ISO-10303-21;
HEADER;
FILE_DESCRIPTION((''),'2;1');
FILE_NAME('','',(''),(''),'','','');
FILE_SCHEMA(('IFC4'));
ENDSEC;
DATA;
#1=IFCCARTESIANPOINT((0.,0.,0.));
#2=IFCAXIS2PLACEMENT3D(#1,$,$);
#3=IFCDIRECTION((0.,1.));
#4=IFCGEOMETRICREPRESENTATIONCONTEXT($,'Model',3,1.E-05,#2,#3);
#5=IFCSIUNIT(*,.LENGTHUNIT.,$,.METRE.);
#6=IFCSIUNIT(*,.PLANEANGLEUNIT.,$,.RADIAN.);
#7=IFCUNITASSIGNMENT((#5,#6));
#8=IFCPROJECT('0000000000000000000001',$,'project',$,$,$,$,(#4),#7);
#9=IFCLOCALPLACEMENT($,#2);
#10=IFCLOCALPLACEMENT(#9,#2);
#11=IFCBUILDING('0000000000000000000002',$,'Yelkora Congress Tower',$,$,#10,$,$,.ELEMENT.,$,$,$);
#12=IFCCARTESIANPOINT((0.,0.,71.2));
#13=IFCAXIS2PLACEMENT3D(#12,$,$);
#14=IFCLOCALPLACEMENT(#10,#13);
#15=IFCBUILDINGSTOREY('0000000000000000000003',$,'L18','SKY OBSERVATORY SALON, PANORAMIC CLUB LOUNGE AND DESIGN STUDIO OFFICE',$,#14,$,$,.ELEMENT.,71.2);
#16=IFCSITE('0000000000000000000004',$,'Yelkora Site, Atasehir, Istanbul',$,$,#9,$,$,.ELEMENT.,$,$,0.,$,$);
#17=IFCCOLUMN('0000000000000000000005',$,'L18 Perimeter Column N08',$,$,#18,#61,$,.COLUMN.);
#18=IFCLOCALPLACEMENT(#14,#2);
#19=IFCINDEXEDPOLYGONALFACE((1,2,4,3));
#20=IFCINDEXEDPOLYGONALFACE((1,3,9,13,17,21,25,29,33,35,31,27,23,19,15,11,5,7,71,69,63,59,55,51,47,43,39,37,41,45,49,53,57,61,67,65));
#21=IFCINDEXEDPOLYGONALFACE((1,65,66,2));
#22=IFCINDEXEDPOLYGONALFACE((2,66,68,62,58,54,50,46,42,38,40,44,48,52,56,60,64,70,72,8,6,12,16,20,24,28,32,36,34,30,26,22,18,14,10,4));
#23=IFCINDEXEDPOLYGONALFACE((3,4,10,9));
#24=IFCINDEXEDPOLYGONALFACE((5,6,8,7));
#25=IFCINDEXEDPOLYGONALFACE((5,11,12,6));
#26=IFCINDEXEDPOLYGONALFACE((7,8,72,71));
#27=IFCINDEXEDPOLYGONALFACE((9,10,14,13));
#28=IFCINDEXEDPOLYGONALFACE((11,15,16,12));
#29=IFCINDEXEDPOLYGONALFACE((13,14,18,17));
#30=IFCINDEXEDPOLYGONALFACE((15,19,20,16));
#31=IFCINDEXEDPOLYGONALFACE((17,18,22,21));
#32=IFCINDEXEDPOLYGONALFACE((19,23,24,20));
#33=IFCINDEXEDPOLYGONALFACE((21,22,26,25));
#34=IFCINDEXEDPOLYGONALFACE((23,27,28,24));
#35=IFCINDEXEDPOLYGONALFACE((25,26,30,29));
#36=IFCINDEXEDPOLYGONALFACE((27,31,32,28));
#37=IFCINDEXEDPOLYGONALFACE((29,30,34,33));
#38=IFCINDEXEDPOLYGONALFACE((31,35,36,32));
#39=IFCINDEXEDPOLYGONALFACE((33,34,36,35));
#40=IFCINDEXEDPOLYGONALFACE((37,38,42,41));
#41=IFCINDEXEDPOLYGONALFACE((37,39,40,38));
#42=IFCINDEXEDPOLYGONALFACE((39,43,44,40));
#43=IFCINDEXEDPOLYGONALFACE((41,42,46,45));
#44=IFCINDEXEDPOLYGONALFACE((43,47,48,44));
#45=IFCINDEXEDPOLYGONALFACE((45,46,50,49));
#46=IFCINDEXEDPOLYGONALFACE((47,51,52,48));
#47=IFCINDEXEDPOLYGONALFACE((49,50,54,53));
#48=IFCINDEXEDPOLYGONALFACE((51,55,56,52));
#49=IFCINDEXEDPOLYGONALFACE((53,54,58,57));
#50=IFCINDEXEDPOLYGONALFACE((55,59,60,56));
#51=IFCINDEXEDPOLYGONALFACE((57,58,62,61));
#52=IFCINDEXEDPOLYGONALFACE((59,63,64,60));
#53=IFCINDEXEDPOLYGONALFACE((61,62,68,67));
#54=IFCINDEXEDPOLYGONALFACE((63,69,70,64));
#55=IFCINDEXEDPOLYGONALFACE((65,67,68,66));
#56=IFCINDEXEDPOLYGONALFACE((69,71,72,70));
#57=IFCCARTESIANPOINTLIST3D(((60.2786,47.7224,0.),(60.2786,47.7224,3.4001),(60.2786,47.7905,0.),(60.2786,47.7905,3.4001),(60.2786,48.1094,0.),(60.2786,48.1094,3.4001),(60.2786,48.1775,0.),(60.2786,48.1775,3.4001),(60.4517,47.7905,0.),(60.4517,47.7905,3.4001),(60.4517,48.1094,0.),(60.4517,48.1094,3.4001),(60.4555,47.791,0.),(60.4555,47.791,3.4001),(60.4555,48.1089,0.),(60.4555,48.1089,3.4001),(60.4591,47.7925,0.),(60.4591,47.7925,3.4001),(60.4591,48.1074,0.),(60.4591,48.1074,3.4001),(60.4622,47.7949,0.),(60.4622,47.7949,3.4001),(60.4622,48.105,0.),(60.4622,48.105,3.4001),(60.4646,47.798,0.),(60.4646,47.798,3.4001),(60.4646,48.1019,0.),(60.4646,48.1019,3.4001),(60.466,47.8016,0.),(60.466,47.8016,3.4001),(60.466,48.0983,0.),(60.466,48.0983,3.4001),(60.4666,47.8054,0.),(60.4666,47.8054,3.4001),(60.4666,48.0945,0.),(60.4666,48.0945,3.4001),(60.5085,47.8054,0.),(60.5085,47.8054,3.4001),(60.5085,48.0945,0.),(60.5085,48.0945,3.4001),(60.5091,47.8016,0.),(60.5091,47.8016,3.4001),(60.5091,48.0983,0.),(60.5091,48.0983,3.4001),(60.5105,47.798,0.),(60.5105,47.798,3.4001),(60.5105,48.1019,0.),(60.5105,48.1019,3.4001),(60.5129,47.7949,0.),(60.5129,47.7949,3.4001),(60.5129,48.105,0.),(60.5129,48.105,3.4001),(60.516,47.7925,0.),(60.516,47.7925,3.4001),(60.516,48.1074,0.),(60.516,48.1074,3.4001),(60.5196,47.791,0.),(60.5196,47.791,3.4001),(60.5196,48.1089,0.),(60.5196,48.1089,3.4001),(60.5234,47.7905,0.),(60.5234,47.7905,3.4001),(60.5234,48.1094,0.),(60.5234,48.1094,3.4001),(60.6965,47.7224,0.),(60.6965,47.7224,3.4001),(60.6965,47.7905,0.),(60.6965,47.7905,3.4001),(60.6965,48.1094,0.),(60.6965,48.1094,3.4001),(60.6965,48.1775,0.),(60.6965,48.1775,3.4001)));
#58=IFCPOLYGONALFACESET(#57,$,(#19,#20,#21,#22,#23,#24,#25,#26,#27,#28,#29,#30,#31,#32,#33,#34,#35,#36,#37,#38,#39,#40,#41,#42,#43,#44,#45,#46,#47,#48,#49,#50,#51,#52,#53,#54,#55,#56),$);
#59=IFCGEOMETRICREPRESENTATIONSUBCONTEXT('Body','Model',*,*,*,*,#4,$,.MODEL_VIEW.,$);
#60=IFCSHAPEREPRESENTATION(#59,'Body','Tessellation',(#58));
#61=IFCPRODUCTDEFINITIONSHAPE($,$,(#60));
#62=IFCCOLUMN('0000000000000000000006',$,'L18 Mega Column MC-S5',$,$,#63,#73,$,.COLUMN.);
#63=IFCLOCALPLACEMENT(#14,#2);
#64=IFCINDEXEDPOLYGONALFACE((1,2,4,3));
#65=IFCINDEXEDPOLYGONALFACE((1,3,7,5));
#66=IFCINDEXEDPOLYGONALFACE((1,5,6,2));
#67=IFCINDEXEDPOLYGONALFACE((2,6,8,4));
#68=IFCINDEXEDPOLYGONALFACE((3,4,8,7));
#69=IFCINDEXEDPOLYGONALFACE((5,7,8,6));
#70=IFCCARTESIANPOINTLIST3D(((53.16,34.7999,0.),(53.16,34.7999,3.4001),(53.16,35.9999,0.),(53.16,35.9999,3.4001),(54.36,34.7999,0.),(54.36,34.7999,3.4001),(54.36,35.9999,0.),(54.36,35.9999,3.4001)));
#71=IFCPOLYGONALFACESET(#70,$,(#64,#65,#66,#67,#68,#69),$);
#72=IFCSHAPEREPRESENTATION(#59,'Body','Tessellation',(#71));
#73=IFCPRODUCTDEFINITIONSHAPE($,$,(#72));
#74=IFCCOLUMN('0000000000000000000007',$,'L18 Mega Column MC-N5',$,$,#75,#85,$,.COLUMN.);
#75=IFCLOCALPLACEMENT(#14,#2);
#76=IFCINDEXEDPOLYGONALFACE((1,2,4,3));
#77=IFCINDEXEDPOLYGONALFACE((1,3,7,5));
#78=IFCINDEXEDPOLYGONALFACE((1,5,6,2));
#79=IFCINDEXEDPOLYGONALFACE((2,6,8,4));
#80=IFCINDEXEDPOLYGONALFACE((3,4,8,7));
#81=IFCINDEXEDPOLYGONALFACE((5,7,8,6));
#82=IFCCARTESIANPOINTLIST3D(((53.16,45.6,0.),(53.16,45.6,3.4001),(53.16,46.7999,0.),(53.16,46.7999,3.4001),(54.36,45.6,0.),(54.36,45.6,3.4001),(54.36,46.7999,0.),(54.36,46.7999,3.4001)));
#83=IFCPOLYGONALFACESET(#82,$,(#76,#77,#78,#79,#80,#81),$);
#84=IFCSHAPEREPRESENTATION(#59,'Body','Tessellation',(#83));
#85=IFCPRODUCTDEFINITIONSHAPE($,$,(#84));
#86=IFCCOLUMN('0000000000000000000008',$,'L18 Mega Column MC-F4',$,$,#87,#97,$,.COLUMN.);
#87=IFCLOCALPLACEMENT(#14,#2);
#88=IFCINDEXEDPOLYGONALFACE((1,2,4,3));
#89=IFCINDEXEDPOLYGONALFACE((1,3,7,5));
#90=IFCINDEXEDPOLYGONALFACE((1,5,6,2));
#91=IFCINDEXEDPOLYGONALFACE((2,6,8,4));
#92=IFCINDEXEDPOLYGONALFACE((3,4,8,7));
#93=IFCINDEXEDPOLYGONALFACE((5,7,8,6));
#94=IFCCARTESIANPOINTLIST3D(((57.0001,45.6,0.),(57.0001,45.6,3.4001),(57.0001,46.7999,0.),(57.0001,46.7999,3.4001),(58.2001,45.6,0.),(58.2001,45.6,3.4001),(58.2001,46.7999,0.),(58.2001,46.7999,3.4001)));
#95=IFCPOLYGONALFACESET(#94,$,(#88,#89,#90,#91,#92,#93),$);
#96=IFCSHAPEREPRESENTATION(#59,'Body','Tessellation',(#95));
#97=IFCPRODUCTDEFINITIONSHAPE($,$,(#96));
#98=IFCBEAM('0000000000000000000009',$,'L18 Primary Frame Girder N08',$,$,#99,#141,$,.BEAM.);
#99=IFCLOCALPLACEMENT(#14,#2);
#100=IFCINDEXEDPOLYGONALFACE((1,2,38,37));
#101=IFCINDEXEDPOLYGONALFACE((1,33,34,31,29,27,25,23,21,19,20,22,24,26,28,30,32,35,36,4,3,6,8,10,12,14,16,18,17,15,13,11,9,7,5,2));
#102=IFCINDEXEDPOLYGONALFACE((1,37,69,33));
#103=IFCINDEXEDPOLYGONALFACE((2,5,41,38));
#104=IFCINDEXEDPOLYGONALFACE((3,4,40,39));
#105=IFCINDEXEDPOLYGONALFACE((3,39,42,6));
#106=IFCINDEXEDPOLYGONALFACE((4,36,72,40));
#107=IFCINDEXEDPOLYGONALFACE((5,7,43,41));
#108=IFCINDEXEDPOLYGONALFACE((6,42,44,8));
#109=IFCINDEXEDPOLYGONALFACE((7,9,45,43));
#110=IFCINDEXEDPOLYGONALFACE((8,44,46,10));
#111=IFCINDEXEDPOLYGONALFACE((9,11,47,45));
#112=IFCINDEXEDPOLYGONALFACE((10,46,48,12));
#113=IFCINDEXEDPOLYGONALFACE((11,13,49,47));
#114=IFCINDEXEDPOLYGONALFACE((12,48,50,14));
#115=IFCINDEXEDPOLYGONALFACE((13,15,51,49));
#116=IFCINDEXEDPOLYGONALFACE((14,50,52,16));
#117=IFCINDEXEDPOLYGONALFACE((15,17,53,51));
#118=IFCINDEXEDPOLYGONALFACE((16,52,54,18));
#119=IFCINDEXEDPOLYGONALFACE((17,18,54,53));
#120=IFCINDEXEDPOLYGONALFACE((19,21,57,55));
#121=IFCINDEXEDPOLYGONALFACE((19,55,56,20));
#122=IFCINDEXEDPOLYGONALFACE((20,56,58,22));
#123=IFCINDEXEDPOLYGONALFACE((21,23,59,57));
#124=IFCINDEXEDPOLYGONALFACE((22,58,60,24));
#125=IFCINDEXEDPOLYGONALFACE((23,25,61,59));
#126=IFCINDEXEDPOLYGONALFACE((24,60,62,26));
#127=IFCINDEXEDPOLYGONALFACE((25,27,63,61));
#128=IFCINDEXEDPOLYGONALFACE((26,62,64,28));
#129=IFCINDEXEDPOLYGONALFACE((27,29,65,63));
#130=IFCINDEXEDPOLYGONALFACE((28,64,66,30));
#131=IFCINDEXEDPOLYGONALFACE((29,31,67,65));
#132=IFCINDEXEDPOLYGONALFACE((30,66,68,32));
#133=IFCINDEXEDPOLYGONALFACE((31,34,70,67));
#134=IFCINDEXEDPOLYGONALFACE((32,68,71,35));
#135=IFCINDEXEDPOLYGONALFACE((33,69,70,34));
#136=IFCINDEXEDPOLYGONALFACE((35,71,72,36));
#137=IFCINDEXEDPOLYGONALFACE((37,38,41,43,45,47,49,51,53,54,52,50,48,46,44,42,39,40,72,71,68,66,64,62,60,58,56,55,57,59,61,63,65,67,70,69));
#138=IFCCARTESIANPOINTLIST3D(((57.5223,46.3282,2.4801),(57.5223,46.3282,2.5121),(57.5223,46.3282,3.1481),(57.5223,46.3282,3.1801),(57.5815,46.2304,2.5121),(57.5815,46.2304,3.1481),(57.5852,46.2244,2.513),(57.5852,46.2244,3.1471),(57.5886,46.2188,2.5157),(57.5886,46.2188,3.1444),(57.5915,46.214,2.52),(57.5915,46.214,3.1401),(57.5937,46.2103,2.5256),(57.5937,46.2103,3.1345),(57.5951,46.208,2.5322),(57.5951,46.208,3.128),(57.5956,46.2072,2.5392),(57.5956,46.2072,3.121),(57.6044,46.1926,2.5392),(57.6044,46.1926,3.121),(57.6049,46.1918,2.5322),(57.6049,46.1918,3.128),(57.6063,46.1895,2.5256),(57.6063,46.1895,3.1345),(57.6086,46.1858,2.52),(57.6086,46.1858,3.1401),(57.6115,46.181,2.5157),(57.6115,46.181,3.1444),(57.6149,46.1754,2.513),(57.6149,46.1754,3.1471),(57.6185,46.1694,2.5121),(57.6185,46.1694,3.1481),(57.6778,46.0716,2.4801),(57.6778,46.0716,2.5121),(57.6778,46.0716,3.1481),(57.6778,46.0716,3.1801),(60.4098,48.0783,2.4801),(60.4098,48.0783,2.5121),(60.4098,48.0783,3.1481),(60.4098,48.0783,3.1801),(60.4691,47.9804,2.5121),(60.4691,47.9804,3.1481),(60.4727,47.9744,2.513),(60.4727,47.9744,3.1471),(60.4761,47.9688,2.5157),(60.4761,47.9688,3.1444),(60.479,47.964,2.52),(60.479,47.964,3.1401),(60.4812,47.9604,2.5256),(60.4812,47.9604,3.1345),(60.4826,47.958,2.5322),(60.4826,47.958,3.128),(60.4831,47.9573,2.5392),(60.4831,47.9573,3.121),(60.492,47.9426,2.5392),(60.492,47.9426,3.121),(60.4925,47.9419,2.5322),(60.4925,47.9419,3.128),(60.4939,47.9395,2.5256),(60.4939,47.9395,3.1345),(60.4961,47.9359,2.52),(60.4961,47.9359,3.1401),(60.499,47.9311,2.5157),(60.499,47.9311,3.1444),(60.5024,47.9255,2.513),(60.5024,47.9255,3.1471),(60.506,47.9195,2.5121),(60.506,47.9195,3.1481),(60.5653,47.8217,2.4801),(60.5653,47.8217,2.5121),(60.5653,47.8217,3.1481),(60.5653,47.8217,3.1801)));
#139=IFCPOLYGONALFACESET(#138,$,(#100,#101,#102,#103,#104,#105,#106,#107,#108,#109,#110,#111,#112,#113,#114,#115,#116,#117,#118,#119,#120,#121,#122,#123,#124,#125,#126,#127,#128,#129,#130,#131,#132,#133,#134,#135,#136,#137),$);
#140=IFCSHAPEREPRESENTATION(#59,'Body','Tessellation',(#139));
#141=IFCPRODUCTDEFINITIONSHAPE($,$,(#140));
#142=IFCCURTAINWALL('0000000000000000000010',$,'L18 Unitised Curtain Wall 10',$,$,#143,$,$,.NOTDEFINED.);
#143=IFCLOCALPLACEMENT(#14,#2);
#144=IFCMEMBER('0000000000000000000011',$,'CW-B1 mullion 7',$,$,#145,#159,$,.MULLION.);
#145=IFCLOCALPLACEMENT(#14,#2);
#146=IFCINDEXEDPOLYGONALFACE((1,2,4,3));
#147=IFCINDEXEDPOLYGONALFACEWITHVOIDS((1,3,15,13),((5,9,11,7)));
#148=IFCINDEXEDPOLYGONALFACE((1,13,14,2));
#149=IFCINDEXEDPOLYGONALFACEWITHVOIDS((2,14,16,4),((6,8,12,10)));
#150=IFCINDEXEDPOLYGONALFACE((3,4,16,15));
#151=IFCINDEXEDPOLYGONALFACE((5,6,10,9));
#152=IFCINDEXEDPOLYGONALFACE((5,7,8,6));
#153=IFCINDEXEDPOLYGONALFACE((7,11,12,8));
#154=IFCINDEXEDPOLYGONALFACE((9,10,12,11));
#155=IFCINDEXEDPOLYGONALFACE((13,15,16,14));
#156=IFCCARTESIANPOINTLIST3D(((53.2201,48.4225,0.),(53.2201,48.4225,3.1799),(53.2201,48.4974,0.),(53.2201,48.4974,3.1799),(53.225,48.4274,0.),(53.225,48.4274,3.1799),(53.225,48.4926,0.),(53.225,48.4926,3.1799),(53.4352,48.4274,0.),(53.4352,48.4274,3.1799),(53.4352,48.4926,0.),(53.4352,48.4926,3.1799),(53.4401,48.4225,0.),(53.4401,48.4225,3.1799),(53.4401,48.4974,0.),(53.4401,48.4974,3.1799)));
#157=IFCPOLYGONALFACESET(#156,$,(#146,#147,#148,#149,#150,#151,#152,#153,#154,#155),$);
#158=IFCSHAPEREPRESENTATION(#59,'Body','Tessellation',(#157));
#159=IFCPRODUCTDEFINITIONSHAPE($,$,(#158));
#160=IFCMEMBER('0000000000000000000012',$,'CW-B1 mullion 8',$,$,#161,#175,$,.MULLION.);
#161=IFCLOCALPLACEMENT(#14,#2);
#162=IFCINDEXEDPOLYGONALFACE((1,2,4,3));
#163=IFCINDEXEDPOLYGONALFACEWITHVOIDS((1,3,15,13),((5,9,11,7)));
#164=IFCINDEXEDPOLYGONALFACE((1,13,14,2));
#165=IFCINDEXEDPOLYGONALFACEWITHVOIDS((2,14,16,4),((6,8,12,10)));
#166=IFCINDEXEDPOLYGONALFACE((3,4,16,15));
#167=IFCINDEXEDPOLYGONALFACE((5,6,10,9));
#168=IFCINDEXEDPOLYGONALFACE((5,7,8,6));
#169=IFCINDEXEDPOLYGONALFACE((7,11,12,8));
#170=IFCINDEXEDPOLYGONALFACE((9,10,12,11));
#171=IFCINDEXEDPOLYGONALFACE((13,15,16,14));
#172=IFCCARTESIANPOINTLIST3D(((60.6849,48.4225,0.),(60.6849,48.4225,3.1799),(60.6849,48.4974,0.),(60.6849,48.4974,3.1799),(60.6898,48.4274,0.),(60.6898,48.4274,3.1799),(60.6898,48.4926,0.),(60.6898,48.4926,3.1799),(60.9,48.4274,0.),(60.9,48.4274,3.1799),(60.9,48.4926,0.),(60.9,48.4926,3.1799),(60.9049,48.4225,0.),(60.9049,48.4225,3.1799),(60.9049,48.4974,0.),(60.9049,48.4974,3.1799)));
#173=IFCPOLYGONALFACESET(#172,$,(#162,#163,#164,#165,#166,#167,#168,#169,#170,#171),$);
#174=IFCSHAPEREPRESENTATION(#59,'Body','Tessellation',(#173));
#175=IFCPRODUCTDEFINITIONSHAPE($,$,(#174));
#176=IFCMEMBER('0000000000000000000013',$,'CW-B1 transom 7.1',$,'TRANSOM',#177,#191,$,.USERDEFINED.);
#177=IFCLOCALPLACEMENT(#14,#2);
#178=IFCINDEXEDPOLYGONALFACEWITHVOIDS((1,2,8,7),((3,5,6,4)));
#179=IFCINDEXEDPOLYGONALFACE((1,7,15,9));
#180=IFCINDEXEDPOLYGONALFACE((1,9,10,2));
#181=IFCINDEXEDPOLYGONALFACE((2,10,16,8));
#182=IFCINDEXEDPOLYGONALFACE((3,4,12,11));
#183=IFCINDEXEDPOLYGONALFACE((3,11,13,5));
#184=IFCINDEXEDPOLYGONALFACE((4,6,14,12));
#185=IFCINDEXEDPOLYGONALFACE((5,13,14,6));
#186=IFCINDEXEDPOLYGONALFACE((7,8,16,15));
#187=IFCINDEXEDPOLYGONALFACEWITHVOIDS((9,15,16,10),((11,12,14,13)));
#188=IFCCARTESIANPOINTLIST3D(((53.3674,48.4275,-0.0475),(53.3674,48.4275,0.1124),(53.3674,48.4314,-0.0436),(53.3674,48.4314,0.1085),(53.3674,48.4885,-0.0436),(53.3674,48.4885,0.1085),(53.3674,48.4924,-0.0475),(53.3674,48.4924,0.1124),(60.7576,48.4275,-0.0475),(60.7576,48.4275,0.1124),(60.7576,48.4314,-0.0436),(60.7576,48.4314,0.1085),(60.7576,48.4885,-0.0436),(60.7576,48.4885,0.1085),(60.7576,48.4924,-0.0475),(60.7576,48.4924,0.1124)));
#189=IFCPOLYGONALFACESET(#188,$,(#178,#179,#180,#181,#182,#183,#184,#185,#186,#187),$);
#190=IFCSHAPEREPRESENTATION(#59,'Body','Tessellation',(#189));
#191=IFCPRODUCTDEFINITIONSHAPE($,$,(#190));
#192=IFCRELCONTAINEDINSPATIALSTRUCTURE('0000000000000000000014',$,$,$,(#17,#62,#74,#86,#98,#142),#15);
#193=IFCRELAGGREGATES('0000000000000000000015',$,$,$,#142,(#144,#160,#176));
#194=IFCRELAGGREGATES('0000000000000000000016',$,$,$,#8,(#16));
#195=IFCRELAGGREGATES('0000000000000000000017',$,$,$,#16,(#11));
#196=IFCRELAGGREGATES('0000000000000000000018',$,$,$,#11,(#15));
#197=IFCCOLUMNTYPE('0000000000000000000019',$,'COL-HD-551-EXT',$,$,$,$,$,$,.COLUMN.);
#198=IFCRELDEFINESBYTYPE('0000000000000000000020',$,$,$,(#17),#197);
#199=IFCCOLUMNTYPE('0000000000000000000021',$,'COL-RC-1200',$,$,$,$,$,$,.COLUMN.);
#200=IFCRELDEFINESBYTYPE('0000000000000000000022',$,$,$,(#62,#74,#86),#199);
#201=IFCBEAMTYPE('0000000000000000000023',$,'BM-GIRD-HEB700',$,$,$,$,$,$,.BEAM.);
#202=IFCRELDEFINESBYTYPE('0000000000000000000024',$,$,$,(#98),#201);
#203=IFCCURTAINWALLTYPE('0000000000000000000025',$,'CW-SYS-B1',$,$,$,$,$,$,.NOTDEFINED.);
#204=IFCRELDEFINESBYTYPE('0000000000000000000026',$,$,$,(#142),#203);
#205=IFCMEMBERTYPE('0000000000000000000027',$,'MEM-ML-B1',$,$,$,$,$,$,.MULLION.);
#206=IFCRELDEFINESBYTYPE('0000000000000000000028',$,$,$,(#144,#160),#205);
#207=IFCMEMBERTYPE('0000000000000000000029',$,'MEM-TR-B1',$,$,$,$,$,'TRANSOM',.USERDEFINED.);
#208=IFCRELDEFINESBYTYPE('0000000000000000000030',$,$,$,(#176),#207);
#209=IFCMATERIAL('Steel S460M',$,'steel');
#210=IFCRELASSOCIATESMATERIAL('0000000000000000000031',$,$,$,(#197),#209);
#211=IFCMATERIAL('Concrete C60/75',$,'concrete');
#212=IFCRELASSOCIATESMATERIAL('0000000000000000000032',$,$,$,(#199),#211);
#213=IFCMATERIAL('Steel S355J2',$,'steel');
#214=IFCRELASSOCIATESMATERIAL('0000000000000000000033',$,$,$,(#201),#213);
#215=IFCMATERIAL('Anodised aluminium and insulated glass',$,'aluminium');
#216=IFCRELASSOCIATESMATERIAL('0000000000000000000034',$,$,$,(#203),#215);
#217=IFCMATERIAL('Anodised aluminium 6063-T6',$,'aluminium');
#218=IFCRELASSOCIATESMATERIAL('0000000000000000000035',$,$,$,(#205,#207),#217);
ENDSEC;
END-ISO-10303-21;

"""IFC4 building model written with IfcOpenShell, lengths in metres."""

from ifc_helpers import new_model, si_unit, direction, frame, origin, origin_2d, place, context, subcontext, project, spatial, rectangle, hollow_rectangle, i_section, extrude, material, material_profile, profile_set, type_object, element, aggregate, save


model = new_model("IFC4")

# Units and contexts
model_context = context("Model", 3, precision=1e-05, world=origin(), true_north=direction((0.0, 1.0)))
body_context = subcontext(model_context, "Body", "Model", "MODEL_VIEW")
ifc_project = project(units=[si_unit("LENGTHUNIT", "METRE"), si_unit("PLANEANGLEUNIT", "RADIAN")], contexts=[model_context])

# Site, building, storey
site_placement = place(None, origin())
site = spatial("IfcSite", under=ifc_project, at=site_placement, Name="Yelkora Site, Atasehir, Istanbul", CompositionType="ELEMENT", RefElevation=0.0)
building_placement = place(site_placement, origin())
building = spatial("IfcBuilding", under=site, at=building_placement, Name="Yelkora Congress Tower", CompositionType="ELEMENT")
storey_placement = place(building_placement, frame((0.0, 0.0, 71.2)))
storey = spatial("IfcBuildingStorey", under=building, at=storey_placement, Name="L18", Description="SKY OBSERVATORY SALON, PANORAMIC CLUB LOUNGE AND DESIGN STUDIO OFFICE", CompositionType="ELEMENT", Elevation=71.2)

# Columns
ifc_material_1 = material(Name="Steel S460M", Category="steel")
ifc_material_profile_1 = material_profile(ifc_material_1, i_section(OverallWidth=0.418, OverallDepth=0.4551, WebThickness=0.042, FlangeThickness=0.0681, FilletRadius=0.0149, at=origin_2d()), Name="HD 400x551")
ifc_profile_set_1 = profile_set([ifc_material_profile_1], Name="Steel S460M")
column_type_1 = type_object("IfcColumnType", Name="COL-HD-551-EXT", PredefinedType="COLUMN", material=ifc_profile_set_1)
column_placement = place(storey_placement, frame((60.4875, 47.95, 0.0), z_axis=(0.0, 0.0, 1.0), x_axis=(1.0, 0.0, 0.0)))
element("IfcColumn", 1, at=column_placement, inside=storey, type_object=column_type_1, Name="L18 Perimeter Column N08", PredefinedType="COLUMN", context=body_context, shape_type="SweptSolid", body=[
    extrude(i_section(OverallWidth=0.418, OverallDepth=0.4551, WebThickness=0.042, FlangeThickness=0.0681, FilletRadius=0.0149, at=origin_2d()), origin(), (0.0, 0.0, 1.0), 3.4001),
])
ifc_material_2 = material(Name="Concrete C60/75", Category="concrete")
ifc_material_profile_2 = material_profile(ifc_material_2, rectangle(XDim=1.2, YDim=1.2, at=origin_2d()), Name="RC 1200x1200")
ifc_profile_set_2 = profile_set([ifc_material_profile_2], Name="Concrete C60/75")
column_type_2 = type_object("IfcColumnType", Name="COL-RC-1200", PredefinedType="COLUMN", material=ifc_profile_set_2)
for number, where, z_axis, x_axis, name in (
    (2, (53.76, 35.3999, 0.0), (0.0, 0.0, 1.0), (1.0, 0.0, 0.0), "L18 Mega Column MC-S5"),
    (3, (53.76, 46.2, 0.0), (0.0, 0.0, 1.0), (1.0, 0.0, 0.0), "L18 Mega Column MC-N5"),
    (4, (57.6001, 46.2, 0.0), (0.0, 0.0, 1.0), (1.0, 0.0, 0.0), "L18 Mega Column MC-F4"),
):
    element("IfcColumn", number, at=place(storey_placement, frame(where, z_axis=z_axis, x_axis=x_axis)), inside=storey, type_object=column_type_2, Name=name, PredefinedType="COLUMN", context=body_context, shape_type="SweptSolid", body=[
        extrude(rectangle(XDim=1.2, YDim=1.2, at=origin_2d()), origin(), (0.0, 0.0, 1.0), 3.4001),
    ])

# Beam
ifc_material_3 = material(Name="Steel S355J2", Category="steel")
ifc_material_profile_3 = material_profile(ifc_material_3, i_section(OverallWidth=0.3, OverallDepth=0.7, WebThickness=0.0171, FlangeThickness=0.032, FilletRadius=0.0271, at=origin_2d()), Name="HEB 700")
ifc_profile_set_3 = profile_set([ifc_material_profile_3], Name="Steel S355J2")
beam_type = type_object("IfcBeamType", Name="BM-GIRD-HEB700", PredefinedType="BEAM", material=ifc_profile_set_3)
beam_placement = place(storey_placement, frame((60.4875, 47.95, 2.8301), z_axis=(-0.855194, -0.518308, 0.0), x_axis=(0.518308, -0.855194, 0.0)))
element("IfcBeam", 5, at=beam_placement, inside=storey, type_object=beam_type, Name="L18 Primary Frame Girder N08", PredefinedType="BEAM", context=body_context, shape_type="SweptSolid", body=[
    extrude(i_section(OverallWidth=0.3, OverallDepth=0.7, WebThickness=0.0171, FlangeThickness=0.032, FilletRadius=0.0271, at=origin_2d()), origin(), (0.0, 0.0, 1.0), 3.3765),
])

# Curtain wall, members
ifc_material_4 = material(Name="Anodised aluminium and insulated glass", Category="aluminium")
curtain_wall_type = type_object("IfcCurtainWallType", Name="CW-SYS-B1", PredefinedType="NOTDEFINED", material=ifc_material_4)
curtain_wall_placement = place(storey_placement, origin())
curtain_wall = element("IfcCurtainWall", 6, at=curtain_wall_placement, inside=storey, type_object=curtain_wall_type, Name="L18 Unitised Curtain Wall 10", PredefinedType="NOTDEFINED")
ifc_material_5 = material(Name="Anodised aluminium 6063-T6", Category="aluminium")
ifc_material_profile_4 = material_profile(ifc_material_5, hollow_rectangle(XDim=0.075, YDim=0.22, WallThickness=0.0049, at=origin_2d()), Name="ALU 75x220x5")
ifc_profile_set_4 = profile_set([ifc_material_profile_4], Name="Anodised aluminium 6063-T6")
member_type_1 = type_object("IfcMemberType", Name="MEM-ML-B1", PredefinedType="MULLION", material=ifc_profile_set_4)
member_1_placement = place(storey_placement, frame((53.3301, 48.46, 0.0), z_axis=(0.0, 0.0, 1.0), x_axis=(0.0, 1.0, 0.0)))
member_1 = element("IfcMember", 7, at=member_1_placement, type_object=member_type_1, Name="CW-B1 mullion 7", PredefinedType="MULLION", context=body_context, shape_type="SweptSolid", body=[
    extrude(hollow_rectangle(XDim=0.075, YDim=0.22, WallThickness=0.0049, at=origin_2d()), origin(), (0.0, 0.0, 1.0), 3.1799),
])
member_2_placement = place(storey_placement, frame((60.7949, 48.46, 0.0), z_axis=(0.0, 0.0, 1.0), x_axis=(0.0, 1.0, 0.0)))
member_2 = element("IfcMember", 8, at=member_2_placement, type_object=member_type_1, Name="CW-B1 mullion 8", PredefinedType="MULLION", context=body_context, shape_type="SweptSolid", body=[
    extrude(hollow_rectangle(XDim=0.075, YDim=0.22, WallThickness=0.0049, at=origin_2d()), origin(), (0.0, 0.0, 1.0), 3.1799),
])
ifc_material_profile_5 = material_profile(ifc_material_5, hollow_rectangle(XDim=0.0649, YDim=0.1599, WallThickness=0.0039, at=origin_2d()), Name="ALU 65x160x4")
ifc_profile_set_5 = profile_set([ifc_material_profile_5], Name="Anodised aluminium 6063-T6")
member_type_2 = type_object("IfcMemberType", Name="MEM-TR-B1", ElementType="TRANSOM", PredefinedType="USERDEFINED", material=ifc_profile_set_5)
member_3_placement = place(storey_placement, frame((53.3674, 48.46, 0.0325), z_axis=(1.0, 0.0, 0.0), x_axis=(0.0, 1.0, 0.0)))
member_3 = element("IfcMember", 9, at=member_3_placement, type_object=member_type_2, Name="CW-B1 transom 7.1", ObjectType="TRANSOM", PredefinedType="USERDEFINED", context=body_context, shape_type="SweptSolid", body=[
    extrude(hollow_rectangle(XDim=0.0649, YDim=0.1599, WallThickness=0.0039, at=origin_2d()), origin(), (0.0, 0.0, 1.0), 7.3901),
])
aggregate(curtain_wall, [member_1, member_2, member_3])

save(model, "model.ifc")
